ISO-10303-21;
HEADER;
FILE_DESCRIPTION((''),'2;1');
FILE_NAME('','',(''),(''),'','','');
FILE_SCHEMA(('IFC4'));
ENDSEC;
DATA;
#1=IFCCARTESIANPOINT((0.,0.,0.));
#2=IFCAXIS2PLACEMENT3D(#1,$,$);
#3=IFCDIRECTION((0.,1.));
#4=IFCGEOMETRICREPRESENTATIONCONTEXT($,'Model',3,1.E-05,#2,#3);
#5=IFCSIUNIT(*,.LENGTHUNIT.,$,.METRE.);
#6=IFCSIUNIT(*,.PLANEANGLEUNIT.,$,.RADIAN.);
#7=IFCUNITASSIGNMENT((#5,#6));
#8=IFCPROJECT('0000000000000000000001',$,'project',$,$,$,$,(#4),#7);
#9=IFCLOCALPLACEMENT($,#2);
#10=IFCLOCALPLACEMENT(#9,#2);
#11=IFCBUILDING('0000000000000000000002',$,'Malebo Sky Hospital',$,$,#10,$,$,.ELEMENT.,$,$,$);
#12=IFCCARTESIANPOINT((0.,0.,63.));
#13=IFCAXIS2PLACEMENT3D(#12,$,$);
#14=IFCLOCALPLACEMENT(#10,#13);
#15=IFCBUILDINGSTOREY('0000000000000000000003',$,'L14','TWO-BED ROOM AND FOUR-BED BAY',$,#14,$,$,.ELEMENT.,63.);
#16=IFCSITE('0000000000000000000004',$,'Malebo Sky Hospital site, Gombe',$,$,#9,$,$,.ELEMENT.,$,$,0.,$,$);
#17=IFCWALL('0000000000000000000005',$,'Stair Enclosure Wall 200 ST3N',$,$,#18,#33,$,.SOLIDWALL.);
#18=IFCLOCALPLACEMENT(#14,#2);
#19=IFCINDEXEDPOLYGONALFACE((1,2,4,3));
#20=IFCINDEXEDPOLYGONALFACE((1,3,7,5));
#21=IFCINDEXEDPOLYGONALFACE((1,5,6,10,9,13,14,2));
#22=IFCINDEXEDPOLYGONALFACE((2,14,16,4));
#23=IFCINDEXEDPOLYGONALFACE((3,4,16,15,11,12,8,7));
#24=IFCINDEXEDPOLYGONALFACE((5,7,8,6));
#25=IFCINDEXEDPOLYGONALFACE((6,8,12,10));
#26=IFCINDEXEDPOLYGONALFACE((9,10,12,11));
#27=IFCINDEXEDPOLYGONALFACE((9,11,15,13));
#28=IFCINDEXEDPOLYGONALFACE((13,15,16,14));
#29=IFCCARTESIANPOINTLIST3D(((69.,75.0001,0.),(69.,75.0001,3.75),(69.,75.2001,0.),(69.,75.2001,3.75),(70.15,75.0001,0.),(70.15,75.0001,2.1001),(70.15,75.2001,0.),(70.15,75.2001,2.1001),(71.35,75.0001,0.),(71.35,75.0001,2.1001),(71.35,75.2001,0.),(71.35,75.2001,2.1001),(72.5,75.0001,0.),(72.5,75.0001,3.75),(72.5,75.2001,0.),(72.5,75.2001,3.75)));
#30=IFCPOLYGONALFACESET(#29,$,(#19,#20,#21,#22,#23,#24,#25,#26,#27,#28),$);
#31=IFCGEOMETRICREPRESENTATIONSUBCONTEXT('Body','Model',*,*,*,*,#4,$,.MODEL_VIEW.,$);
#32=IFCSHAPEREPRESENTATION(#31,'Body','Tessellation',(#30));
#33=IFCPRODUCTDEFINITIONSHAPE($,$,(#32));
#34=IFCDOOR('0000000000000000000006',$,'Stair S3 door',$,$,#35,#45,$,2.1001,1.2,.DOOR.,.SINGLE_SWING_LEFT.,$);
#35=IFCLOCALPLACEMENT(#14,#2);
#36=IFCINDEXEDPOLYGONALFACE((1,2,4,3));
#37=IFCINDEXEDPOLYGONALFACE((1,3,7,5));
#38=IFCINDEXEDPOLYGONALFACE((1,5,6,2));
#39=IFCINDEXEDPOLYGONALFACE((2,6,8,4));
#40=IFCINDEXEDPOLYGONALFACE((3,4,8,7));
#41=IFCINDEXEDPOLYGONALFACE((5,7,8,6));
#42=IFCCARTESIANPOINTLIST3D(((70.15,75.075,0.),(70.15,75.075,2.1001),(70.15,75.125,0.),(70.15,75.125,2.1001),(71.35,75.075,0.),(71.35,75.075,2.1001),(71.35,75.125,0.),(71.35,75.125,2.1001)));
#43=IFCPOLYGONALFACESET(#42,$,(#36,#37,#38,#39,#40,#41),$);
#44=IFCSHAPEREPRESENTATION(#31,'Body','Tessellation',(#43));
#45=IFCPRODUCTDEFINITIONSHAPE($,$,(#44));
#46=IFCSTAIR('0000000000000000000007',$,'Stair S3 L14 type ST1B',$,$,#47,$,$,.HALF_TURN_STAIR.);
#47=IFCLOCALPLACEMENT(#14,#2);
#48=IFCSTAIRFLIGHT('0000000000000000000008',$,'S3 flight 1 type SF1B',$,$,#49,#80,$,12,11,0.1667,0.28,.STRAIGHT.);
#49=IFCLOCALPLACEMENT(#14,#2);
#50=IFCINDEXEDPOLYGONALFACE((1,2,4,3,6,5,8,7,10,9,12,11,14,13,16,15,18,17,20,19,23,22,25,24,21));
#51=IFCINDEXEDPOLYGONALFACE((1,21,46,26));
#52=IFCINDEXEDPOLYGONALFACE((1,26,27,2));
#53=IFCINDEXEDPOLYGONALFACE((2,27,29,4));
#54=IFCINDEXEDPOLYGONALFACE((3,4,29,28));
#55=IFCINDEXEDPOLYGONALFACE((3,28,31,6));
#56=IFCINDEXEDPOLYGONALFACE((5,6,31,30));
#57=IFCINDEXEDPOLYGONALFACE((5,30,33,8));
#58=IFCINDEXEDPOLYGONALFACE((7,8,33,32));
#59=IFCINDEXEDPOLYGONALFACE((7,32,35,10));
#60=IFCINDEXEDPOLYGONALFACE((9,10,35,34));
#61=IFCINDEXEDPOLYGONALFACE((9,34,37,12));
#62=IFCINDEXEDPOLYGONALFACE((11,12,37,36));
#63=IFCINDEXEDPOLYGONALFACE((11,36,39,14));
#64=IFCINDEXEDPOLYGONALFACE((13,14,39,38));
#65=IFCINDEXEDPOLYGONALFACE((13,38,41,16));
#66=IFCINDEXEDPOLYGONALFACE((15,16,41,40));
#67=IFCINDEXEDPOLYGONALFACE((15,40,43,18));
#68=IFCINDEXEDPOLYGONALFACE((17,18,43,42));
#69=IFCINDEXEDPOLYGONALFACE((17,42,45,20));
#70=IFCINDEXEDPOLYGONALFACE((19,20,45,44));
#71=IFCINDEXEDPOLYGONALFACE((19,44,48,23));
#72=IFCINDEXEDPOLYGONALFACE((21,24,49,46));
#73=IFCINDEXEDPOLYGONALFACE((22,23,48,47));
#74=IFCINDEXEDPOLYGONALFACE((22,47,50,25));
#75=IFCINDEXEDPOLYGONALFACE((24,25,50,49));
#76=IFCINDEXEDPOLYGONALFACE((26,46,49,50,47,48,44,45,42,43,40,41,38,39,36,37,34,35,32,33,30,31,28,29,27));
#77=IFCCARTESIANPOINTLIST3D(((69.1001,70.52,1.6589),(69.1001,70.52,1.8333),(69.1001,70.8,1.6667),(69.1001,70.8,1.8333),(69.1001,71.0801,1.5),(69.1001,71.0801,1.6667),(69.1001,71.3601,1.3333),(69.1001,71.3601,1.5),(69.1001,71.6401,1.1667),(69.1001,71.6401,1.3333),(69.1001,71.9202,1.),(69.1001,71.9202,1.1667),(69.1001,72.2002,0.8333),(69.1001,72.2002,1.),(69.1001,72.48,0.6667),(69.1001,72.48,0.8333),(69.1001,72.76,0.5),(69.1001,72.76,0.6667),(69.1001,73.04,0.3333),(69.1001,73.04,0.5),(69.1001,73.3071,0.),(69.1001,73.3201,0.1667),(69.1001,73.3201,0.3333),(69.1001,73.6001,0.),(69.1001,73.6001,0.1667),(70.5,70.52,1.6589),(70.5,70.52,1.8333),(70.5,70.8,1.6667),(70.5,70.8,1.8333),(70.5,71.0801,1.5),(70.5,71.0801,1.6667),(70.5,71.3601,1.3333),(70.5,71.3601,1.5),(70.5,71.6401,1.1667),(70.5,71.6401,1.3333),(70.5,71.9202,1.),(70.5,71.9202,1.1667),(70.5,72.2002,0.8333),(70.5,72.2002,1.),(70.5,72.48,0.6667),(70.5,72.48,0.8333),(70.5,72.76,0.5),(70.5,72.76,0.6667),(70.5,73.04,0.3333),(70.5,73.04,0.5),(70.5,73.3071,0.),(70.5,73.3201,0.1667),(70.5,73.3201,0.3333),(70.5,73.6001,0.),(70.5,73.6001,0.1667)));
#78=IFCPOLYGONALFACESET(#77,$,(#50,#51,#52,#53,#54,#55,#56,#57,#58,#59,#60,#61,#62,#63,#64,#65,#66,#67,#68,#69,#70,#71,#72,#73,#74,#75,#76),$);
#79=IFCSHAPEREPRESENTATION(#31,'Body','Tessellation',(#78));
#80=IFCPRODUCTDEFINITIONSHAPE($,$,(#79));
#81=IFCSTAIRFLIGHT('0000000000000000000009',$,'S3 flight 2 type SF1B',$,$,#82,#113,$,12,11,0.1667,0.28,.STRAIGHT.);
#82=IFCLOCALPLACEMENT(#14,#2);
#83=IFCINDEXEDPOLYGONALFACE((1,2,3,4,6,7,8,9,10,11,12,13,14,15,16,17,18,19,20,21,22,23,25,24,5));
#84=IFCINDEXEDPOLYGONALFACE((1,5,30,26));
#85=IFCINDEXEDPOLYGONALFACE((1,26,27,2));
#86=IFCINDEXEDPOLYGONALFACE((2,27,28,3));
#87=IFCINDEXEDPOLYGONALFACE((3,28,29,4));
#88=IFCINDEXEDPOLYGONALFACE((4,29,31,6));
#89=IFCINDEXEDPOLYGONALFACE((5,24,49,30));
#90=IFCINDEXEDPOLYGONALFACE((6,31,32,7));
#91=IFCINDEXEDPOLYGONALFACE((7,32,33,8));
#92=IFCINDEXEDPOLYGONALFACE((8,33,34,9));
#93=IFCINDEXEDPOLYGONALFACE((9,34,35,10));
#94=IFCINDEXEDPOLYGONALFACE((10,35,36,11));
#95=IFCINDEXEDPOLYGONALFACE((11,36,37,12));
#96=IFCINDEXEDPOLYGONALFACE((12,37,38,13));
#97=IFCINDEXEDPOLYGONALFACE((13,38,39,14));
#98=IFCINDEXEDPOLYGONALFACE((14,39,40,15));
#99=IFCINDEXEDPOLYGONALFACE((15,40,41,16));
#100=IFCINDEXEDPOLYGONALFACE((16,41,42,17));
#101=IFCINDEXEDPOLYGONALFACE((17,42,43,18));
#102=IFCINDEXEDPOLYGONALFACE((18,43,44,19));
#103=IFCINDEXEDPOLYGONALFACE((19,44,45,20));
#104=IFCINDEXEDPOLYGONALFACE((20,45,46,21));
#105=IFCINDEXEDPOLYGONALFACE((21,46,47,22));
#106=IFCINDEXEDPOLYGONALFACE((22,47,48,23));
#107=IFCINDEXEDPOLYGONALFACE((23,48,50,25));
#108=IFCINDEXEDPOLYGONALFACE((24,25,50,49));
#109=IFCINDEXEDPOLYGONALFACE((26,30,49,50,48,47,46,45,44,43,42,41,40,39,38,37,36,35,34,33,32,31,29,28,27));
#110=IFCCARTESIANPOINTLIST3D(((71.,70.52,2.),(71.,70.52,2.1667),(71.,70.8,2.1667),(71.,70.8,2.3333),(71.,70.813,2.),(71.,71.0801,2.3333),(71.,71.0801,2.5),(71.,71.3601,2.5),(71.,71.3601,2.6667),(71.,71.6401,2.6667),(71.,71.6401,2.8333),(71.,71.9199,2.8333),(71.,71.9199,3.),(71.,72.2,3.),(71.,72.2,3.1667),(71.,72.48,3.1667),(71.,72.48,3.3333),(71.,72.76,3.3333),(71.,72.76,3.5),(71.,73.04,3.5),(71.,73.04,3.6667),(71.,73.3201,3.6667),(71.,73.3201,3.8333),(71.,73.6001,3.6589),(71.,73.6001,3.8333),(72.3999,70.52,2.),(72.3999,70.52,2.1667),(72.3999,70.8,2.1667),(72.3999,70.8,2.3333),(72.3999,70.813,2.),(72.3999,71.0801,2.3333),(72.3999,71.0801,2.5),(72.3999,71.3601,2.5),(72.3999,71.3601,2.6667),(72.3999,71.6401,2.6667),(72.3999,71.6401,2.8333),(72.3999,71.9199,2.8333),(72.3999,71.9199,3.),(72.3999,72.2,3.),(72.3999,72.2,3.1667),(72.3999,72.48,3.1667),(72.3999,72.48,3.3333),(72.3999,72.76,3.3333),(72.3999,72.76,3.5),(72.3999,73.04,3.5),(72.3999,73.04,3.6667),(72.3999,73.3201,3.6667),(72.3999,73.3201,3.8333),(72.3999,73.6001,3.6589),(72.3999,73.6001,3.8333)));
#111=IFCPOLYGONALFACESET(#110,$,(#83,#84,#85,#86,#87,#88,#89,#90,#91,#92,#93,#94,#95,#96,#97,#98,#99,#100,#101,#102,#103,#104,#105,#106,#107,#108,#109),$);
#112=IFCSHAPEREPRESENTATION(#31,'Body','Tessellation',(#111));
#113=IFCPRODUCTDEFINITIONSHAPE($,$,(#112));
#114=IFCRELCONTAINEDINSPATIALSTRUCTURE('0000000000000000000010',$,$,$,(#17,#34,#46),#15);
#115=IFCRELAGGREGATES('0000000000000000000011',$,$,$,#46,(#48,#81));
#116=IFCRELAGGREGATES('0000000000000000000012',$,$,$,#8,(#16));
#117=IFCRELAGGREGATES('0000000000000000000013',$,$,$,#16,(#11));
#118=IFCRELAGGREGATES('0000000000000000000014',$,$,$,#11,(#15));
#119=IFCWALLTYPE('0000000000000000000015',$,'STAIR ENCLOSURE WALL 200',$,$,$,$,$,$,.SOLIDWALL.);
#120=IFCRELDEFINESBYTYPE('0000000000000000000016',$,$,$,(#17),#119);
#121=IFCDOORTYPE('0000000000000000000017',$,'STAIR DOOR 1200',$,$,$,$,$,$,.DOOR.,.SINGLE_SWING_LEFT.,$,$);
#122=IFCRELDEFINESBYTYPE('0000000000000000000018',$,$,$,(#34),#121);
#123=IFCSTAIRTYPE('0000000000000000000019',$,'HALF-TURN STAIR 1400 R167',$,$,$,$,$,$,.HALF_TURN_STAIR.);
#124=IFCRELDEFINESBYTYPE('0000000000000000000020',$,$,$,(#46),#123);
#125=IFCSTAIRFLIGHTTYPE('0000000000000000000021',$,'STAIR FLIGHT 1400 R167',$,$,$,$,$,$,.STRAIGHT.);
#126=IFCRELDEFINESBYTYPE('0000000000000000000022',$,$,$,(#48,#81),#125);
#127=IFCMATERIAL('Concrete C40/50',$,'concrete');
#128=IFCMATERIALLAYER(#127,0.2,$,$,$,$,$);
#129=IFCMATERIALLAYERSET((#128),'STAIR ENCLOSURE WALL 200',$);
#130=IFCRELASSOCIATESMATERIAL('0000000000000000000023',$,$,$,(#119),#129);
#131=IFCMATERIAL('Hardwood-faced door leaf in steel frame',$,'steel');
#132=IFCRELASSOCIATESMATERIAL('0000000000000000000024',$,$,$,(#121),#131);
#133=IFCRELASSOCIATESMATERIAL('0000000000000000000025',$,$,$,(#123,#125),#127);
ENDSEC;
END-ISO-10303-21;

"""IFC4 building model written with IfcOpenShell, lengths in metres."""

from ifc_helpers import new_model, si_unit, direction, frame, frame_2d, origin, place, context, subcontext, project, spatial, polyline, rectangle, outline, extrude, material, layer, layer_set, type_object, element, fill, aggregate, save


model = new_model("IFC4")

# Units and contexts
model_context = context("Model", 3, precision=1e-05, world=origin(), true_north=direction((0.0, 1.0)))
body_context = subcontext(model_context, "Body", "Model", "MODEL_VIEW")
ifc_project = project(units=[si_unit("LENGTHUNIT", "METRE"), si_unit("PLANEANGLEUNIT", "RADIAN")], contexts=[model_context])

# Site, building, storey
site_placement = place(None, origin())
site = spatial("IfcSite", under=ifc_project, at=site_placement, Name="Malebo Sky Hospital site, Gombe", CompositionType="ELEMENT", RefElevation=0.0)
building_placement = place(site_placement, origin())
building = spatial("IfcBuilding", under=site, at=building_placement, Name="Malebo Sky Hospital", CompositionType="ELEMENT")
storey_placement = place(building_placement, frame((0.0, 0.0, 63.0)))
storey = spatial("IfcBuildingStorey", under=building, at=storey_placement, Name="L14", Description="TWO-BED ROOM AND FOUR-BED BAY", CompositionType="ELEMENT", Elevation=63.0)

# Shared definitions
ifc_material_1 = material(Name="Hardwood-faced door leaf in steel frame", Category="steel")

# Shared definitions
ifc_material_2 = material(Name="Concrete C40/50", Category="concrete")
ifc_layer_1 = layer(ifc_material_2, 0.2)
ifc_layer_set_1 = layer_set([ifc_layer_1], Name="STAIR ENCLOSURE WALL 200")
wall_type_1 = type_object("IfcWallType", Name="STAIR ENCLOSURE WALL 200", PredefinedType="SOLIDWALL", material=ifc_layer_set_1)

# Wall, opening, door
wall_1_placement = place(storey_placement, frame((69.0, 75.1001, 0.0), z_axis=(0.0, 0.0, 1.0), x_axis=(1.0, 0.0, 0.0)))
wall_1 = element("IfcWall", 1, at=wall_1_placement, inside=storey, type_object=wall_type_1, Name="Stair Enclosure Wall 200 ST3N", PredefinedType="SOLIDWALL", context=body_context, shape_type="SweptSolid", body=[
    extrude(rectangle(XDim=3.5, YDim=0.2, at=frame_2d((1.75, 0.0))), origin(), (0.0, 0.0, 1.0), 3.75),
])
opening_1_placement = place(wall_1_placement, frame((1.1499, 0.0, 0.0)))
opening_1 = element("IfcOpeningElement", 2, at=opening_1_placement, cuts=wall_1, PredefinedType="OPENING", context=body_context, shape_type="SweptSolid", body=[
    extrude(rectangle(XDim=1.2, YDim=2.1001, at=frame_2d((0.6001, 1.05))), frame((0.0, 0.1099, 0.0), z_axis=(0.0, -1.0, 0.0), x_axis=(1.0, 0.0, 0.0)), (0.0, 0.0, 1.0), 0.22),
])
door_type_1 = type_object("IfcDoorType", Name="STAIR DOOR 1200", OperationType="SINGLE_SWING_LEFT", PredefinedType="DOOR", material=ifc_material_1)
door_1_placement = place(opening_1_placement, origin())
door_1 = element("IfcDoor", 3, at=door_1_placement, inside=storey, type_object=door_type_1, Name="Stair S3 door", OperationType="SINGLE_SWING_LEFT", OverallHeight=2.1001, OverallWidth=1.2, PredefinedType="DOOR", context=body_context, shape_type="SweptSolid", body=[
    extrude(rectangle(XDim=1.2, YDim=2.1001, at=frame_2d((0.6001, 1.05))), frame((0.0, 0.0249, 0.0), z_axis=(0.0, -1.0, 0.0), x_axis=(1.0, 0.0, 0.0)), (0.0, 0.0, 1.0), 0.05),
])
fill(opening_1, door_1)

# Stair, stair flights
stair_type = type_object("IfcStairType", Name="HALF-TURN STAIR 1400 R167", PredefinedType="HALF_TURN_STAIR", material=ifc_material_2)
stair_placement = place(storey_placement, origin())
stair = element("IfcStair", 4, at=stair_placement, inside=storey, type_object=stair_type, Name="Stair S3 L14 type ST1B", PredefinedType="HALF_TURN_STAIR")
stair_flight_type = type_object("IfcStairFlightType", Name="STAIR FLIGHT 1400 R167", PredefinedType="STRAIGHT", material=ifc_material_2)
stair_flight_1_placement = place(storey_placement, frame((69.8, 73.6001, 0.0), z_axis=(0.0, 0.0, 1.0), x_axis=(0.0, -1.0, 0.0)))
stair_flight_1 = element("IfcStairFlight", 5, at=stair_flight_1_placement, type_object=stair_flight_type, Name="S3 flight 1 type SF1B", NumberOfRisers=12, NumberOfTreads=11, PredefinedType="STRAIGHT", RiserHeight=0.1667, TreadLength=0.28, context=body_context, shape_type="SweptSolid", body=[
    extrude(outline(polyline([(0.0, 0.0), (0.0, 0.1667), (0.28, 0.1667), (0.28, 0.3333), (0.5601, 0.3333), (0.5601, 0.5), (0.8401, 0.5), (0.8401, 0.6667), (1.1201, 0.6667), (1.1201, 0.8333), (1.3999, 0.8333), (1.3999, 1.0), (1.6799, 1.0), (1.6799, 1.1667), (1.96, 1.1667), (1.96, 1.3333), (2.24, 1.3333), (2.24, 1.5), (2.52, 1.5), (2.52, 1.6667), (2.8, 1.6667), (2.8, 1.8333), (3.0801, 1.8333), (3.0801, 2.0), (3.0801, 1.6589), (0.293, 0.0), (0.0, 0.0)])), frame((0.0, 0.7, 0.0), z_axis=(0.0, -1.0, 0.0), x_axis=(1.0, 0.0, 0.0)), (0.0, 0.0, 1.0), 1.3999),
])
stair_flight_2_placement = place(storey_placement, frame((71.7, 70.52, 2.0), z_axis=(0.0, 0.0, 1.0), x_axis=(0.0, 1.0, 0.0)))
stair_flight_2 = element("IfcStairFlight", 6, at=stair_flight_2_placement, type_object=stair_flight_type, Name="S3 flight 2 type SF1B", NumberOfRisers=12, NumberOfTreads=11, PredefinedType="STRAIGHT", RiserHeight=0.1667, TreadLength=0.28, context=body_context, shape_type="SweptSolid", body=[
    extrude(outline(polyline([(0.0, 0.0), (0.0, 0.1667), (0.28, 0.1667), (0.28, 0.3333), (0.5601, 0.3333), (0.5601, 0.5), (0.8401, 0.5), (0.8401, 0.6667), (1.1201, 0.6667), (1.1201, 0.8333), (1.3999, 0.8333), (1.3999, 1.0), (1.6799, 1.0), (1.6799, 1.1667), (1.96, 1.1667), (1.96, 1.3333), (2.24, 1.3333), (2.24, 1.5), (2.52, 1.5), (2.52, 1.6667), (2.8, 1.6667), (2.8, 1.8333), (3.0801, 1.8333), (3.0801, 2.0), (3.0801, 1.6589), (0.293, 0.0), (0.0, 0.0)])), frame((0.0, 0.7, 0.0), z_axis=(0.0, -1.0, 0.0), x_axis=(1.0, 0.0, 0.0)), (0.0, 0.0, 1.0), 1.3999),
])
aggregate(stair, [stair_flight_1, stair_flight_2])

save(model, "model.ifc")
